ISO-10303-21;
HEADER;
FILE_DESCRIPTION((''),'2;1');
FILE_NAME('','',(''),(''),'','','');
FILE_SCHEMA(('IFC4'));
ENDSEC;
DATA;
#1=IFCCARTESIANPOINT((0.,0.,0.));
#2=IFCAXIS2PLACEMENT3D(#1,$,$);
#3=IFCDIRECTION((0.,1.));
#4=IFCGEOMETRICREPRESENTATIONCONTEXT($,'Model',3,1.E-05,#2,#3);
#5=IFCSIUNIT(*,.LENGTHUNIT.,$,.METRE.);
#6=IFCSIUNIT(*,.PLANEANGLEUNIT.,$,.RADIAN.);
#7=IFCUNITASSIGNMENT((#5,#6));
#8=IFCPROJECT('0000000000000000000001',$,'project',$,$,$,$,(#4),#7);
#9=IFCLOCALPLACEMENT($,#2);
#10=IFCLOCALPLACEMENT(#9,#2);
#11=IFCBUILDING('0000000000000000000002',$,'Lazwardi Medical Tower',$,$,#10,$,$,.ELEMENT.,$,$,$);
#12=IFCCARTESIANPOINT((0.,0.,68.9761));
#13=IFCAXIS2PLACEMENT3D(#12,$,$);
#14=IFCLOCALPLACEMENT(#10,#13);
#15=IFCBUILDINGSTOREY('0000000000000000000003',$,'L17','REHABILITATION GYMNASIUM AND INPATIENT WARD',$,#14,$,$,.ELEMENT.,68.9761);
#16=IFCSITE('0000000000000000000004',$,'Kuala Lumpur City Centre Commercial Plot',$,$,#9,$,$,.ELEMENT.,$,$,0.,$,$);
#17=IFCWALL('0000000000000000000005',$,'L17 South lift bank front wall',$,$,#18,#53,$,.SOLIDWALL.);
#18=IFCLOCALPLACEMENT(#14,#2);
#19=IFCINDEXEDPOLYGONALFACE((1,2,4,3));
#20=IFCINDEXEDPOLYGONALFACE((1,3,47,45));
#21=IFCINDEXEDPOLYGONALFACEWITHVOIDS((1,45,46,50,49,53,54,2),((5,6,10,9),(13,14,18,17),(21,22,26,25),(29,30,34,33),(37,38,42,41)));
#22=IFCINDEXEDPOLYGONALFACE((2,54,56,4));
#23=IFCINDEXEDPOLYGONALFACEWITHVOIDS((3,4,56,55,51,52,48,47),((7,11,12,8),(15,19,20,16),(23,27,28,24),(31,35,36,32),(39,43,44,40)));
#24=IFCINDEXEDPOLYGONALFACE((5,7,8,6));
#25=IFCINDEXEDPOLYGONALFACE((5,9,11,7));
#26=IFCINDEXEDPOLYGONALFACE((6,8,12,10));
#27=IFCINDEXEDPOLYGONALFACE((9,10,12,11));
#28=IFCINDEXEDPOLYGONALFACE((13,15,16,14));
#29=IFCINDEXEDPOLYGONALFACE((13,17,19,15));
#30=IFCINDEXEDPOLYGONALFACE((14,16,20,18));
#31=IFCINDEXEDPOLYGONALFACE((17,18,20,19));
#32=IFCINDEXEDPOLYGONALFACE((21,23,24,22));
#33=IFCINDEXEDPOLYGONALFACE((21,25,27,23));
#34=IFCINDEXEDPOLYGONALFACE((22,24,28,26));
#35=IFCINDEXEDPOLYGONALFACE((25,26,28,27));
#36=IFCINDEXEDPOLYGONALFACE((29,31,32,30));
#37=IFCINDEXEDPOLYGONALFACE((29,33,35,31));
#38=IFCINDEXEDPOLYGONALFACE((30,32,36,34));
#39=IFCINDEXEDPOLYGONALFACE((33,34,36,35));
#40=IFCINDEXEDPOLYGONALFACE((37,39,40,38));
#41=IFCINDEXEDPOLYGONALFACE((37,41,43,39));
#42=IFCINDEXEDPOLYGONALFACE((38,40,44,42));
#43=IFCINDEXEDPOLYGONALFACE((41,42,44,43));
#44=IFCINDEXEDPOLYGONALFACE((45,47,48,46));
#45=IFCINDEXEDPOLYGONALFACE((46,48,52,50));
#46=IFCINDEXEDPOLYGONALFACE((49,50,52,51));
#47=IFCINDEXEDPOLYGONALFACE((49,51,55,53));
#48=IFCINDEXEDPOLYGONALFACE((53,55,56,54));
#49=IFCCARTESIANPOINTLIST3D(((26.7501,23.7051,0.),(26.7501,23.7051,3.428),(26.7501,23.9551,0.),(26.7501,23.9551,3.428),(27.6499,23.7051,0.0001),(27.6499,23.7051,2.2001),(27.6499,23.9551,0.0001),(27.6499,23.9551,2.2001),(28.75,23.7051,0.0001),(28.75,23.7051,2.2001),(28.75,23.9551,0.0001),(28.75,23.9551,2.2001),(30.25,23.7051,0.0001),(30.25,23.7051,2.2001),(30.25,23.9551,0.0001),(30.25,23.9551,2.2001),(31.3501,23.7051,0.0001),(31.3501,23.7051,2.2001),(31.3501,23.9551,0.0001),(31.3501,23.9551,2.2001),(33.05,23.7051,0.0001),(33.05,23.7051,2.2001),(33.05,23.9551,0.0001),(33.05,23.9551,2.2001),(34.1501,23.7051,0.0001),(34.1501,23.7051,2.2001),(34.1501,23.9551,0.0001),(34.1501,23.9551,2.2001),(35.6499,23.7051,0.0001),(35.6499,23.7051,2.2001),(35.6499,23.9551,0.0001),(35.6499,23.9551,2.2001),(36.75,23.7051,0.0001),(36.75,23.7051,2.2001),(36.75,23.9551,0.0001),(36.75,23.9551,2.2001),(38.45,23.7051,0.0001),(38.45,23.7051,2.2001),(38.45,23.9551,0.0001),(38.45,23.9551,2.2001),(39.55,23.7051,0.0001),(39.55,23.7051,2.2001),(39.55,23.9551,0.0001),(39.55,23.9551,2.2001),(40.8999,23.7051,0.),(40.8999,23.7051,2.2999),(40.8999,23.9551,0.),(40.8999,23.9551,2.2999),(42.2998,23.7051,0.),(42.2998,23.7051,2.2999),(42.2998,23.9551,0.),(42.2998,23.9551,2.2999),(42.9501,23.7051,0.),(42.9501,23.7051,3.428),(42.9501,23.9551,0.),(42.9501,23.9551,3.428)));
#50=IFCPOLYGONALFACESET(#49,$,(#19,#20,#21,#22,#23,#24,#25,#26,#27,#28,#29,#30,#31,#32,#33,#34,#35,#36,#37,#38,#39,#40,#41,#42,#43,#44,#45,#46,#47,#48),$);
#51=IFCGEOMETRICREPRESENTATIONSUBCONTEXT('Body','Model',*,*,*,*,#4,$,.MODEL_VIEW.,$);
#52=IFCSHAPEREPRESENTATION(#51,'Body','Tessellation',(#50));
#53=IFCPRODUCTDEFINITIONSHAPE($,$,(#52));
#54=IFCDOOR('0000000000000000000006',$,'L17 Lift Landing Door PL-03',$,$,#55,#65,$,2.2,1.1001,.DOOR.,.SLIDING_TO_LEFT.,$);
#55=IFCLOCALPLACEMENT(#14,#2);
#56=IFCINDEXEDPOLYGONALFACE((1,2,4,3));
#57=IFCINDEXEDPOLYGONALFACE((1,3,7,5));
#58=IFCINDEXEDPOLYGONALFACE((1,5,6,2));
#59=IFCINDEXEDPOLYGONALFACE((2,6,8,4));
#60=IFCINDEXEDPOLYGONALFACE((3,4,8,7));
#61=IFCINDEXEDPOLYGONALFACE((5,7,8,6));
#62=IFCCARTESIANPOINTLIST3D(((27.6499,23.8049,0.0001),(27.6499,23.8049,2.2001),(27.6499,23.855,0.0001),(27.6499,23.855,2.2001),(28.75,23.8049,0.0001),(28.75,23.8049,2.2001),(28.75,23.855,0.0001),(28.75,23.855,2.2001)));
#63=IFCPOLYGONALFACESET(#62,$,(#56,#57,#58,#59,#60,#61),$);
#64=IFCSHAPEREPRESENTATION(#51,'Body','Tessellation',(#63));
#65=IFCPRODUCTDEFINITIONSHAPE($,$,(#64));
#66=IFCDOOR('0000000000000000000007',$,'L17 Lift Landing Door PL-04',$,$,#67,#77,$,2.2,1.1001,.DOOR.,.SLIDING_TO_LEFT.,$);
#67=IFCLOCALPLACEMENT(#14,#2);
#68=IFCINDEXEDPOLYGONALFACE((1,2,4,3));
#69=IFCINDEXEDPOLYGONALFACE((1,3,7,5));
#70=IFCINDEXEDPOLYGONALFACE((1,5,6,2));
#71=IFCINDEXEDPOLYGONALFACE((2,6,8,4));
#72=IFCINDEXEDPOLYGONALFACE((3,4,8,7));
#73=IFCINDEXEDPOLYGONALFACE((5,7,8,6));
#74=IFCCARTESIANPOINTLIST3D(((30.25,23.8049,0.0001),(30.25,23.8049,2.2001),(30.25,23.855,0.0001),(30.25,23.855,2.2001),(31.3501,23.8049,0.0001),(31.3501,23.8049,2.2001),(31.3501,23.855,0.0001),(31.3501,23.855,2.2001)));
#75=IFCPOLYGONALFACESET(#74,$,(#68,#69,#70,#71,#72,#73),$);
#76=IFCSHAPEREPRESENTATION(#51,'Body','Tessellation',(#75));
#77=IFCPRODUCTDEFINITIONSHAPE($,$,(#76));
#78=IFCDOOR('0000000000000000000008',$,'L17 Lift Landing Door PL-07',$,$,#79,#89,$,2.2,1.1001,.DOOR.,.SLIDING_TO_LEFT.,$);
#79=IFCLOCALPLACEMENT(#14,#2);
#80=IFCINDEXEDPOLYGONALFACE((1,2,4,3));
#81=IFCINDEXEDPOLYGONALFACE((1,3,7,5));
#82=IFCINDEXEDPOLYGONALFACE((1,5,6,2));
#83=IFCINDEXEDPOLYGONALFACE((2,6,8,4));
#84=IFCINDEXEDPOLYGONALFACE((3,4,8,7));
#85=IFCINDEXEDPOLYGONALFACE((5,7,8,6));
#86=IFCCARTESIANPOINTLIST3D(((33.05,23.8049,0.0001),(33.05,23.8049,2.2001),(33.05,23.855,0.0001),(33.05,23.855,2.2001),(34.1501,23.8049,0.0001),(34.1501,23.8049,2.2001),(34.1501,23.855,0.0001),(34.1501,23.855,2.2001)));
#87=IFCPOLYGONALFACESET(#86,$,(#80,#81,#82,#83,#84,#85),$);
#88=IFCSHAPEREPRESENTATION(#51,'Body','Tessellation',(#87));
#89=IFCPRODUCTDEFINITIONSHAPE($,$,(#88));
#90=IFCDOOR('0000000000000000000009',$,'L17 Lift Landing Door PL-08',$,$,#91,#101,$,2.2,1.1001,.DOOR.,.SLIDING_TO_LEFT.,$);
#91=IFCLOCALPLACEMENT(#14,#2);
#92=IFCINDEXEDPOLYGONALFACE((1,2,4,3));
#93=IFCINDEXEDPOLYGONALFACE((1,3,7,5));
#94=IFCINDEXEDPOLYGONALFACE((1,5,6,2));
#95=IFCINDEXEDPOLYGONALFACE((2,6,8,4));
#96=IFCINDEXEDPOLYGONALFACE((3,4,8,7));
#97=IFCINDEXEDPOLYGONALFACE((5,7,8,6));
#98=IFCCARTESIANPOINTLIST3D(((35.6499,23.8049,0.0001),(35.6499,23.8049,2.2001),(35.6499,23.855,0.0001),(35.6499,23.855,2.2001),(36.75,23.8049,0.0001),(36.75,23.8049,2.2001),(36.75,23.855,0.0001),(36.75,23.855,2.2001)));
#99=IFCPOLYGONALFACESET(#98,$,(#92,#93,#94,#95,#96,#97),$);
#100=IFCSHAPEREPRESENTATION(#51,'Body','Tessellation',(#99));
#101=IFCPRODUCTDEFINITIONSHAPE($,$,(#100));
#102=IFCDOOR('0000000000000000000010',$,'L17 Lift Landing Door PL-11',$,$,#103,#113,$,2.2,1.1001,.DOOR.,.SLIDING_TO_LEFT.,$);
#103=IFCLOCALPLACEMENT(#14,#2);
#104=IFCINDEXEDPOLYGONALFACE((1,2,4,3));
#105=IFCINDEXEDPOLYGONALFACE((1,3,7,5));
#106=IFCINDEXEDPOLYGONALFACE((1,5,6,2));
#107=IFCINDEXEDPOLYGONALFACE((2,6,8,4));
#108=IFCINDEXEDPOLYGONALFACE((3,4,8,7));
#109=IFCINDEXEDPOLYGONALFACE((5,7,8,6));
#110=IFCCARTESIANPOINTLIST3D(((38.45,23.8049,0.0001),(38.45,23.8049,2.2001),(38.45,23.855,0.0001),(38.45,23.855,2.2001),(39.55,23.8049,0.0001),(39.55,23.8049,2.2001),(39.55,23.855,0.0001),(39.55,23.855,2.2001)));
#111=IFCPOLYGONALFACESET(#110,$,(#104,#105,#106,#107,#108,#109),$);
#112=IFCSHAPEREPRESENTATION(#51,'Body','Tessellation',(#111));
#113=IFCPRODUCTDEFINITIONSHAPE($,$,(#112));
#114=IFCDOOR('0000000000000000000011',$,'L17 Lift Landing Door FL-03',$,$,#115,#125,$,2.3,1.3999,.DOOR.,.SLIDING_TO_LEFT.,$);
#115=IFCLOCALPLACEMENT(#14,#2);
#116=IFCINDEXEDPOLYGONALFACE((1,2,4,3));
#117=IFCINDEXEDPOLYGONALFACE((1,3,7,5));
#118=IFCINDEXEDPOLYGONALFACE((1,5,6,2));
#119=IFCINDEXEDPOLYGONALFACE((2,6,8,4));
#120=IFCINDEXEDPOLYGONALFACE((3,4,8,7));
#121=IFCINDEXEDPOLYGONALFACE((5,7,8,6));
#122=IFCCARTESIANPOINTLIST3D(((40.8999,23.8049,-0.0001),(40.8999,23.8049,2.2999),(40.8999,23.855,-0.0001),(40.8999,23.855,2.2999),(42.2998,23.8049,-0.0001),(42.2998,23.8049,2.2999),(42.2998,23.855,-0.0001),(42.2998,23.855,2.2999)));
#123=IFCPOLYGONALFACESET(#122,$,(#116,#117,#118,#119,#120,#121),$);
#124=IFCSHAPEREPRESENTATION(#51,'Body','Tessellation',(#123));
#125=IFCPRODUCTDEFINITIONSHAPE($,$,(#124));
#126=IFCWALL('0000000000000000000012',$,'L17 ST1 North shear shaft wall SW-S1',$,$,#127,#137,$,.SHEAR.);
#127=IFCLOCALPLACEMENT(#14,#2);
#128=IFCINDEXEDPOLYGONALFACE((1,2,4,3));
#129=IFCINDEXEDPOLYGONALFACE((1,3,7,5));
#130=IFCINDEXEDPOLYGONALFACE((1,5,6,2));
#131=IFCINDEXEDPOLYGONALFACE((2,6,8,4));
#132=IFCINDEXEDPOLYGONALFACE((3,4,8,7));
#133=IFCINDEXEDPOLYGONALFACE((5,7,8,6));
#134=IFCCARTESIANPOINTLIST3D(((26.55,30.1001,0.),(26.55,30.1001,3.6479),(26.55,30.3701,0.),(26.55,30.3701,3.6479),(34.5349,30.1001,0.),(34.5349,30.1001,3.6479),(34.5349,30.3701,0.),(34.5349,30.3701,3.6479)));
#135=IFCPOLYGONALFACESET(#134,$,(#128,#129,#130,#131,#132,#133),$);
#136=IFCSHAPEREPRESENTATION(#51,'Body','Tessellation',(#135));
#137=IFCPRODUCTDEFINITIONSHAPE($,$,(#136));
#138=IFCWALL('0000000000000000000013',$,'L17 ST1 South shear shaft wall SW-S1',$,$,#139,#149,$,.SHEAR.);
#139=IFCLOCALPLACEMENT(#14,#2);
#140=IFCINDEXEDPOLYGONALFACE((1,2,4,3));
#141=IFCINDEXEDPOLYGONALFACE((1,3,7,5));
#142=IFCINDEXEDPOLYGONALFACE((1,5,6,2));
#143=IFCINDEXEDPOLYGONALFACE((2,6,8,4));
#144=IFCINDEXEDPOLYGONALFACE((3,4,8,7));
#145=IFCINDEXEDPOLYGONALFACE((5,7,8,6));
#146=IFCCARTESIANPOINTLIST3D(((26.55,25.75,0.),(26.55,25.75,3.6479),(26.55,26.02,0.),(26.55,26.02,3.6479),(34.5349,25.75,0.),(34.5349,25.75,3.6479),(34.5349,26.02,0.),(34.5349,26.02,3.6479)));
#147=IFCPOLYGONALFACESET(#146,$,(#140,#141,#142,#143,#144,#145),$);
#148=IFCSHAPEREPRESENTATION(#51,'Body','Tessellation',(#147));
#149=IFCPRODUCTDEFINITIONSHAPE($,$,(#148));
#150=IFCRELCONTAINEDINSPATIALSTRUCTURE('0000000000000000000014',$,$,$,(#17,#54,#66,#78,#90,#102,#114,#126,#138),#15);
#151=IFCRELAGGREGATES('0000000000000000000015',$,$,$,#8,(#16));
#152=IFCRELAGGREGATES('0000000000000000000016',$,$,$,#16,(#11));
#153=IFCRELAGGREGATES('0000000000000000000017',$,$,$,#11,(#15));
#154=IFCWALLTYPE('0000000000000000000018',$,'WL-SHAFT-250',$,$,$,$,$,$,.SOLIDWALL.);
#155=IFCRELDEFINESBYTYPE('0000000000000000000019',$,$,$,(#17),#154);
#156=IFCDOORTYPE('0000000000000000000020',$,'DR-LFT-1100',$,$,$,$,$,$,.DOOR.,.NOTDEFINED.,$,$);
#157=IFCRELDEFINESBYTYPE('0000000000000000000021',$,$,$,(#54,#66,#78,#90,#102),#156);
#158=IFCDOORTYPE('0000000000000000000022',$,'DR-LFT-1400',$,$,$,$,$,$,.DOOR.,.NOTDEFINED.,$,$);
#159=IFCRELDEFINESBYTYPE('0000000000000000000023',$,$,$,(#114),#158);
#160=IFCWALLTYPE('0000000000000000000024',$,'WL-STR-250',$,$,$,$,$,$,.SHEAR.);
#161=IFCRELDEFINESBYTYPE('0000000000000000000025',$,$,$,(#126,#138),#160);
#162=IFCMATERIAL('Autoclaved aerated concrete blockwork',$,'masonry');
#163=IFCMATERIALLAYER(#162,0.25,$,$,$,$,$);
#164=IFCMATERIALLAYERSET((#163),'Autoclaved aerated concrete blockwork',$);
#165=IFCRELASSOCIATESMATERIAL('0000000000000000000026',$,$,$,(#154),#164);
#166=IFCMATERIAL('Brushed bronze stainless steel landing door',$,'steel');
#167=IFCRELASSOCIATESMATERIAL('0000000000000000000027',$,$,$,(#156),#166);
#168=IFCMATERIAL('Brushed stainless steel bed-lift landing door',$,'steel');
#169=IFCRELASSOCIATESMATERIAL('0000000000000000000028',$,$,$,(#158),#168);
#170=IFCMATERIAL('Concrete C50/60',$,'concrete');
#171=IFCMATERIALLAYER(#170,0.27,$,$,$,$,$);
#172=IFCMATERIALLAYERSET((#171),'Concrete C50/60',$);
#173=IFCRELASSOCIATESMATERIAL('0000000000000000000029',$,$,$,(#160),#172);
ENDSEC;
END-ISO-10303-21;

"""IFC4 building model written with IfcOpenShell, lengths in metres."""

from ifc_helpers import new_model, si_unit, direction, frame, frame_2d, origin, place, context, subcontext, project, spatial, rectangle, extrude, material, layer, layer_set, type_object, element, fill, save


model = new_model("IFC4")

# Units and contexts
model_context = context("Model", 3, precision=1e-05, world=origin(), true_north=direction((0.0, 1.0)))
body_context = subcontext(model_context, "Body", "Model", "MODEL_VIEW")
ifc_project = project(units=[si_unit("LENGTHUNIT", "METRE"), si_unit("PLANEANGLEUNIT", "RADIAN")], contexts=[model_context])

# Site, building, storey
site_placement = place(None, origin())
site = spatial("IfcSite", under=ifc_project, at=site_placement, Name="Kuala Lumpur City Centre Commercial Plot", CompositionType="ELEMENT", RefElevation=0.0)
building_placement = place(site_placement, origin())
building = spatial("IfcBuilding", under=site, at=building_placement, Name="Lazwardi Medical Tower", CompositionType="ELEMENT")
storey_placement = place(building_placement, frame((0.0, 0.0, 68.9761)))
storey = spatial("IfcBuildingStorey", under=building, at=storey_placement, Name="L17", Description="REHABILITATION GYMNASIUM AND INPATIENT WARD", CompositionType="ELEMENT", Elevation=68.9761)

# Wall, openings, doors
ifc_material_1 = material(Name="Autoclaved aerated concrete blockwork", Category="masonry")
ifc_layer_1 = layer(ifc_material_1, 0.25)
ifc_layer_set_1 = layer_set([ifc_layer_1], Name="Autoclaved aerated concrete blockwork")
wall_type_1 = type_object("IfcWallType", Name="WL-SHAFT-250", PredefinedType="SOLIDWALL", material=ifc_layer_set_1)
wall_1_placement = place(storey_placement, frame((26.75, 23.8301, 0.0), z_axis=(0.0, 0.0, 1.0), x_axis=(1.0, 0.0, 0.0)))
wall_1 = element("IfcWall", 1, at=wall_1_placement, inside=storey, type_object=wall_type_1, Name="L17 South lift bank front wall", PredefinedType="SOLIDWALL", context=body_context, shape_type="SweptSolid", body=[
    extrude(rectangle(XDim=16.2, YDim=0.25, at=frame_2d((8.1001, 0.0))), origin(), (0.0, 0.0, 1.0), 3.428),
])
opening_1_placement = place(wall_1_placement, frame((0.8999, 0.0, 0.0)))
opening_1 = element("IfcOpeningElement", 2, at=opening_1_placement, cuts=wall_1, PredefinedType="OPENING", context=body_context, shape_type="SweptSolid", body=[
    extrude(rectangle(XDim=1.1001, YDim=2.2, at=frame_2d((0.55, 1.1001))), frame((0.0, 0.135, 0.0), z_axis=(0.0, -1.0, 0.0), x_axis=(1.0, 0.0, 0.0)), (0.0, 0.0, 1.0), 0.27),
])
opening_2_placement = place(wall_1_placement, frame((3.5, 0.0, 0.0)))
opening_2 = element("IfcOpeningElement", 3, at=opening_2_placement, cuts=wall_1, PredefinedType="OPENING", context=body_context, shape_type="SweptSolid", body=[
    extrude(rectangle(XDim=1.1001, YDim=2.2, at=frame_2d((0.55, 1.1001))), frame((0.0, 0.135, 0.0), z_axis=(0.0, -1.0, 0.0), x_axis=(1.0, 0.0, 0.0)), (0.0, 0.0, 1.0), 0.27),
])
opening_3_placement = place(wall_1_placement, frame((6.3, 0.0, 0.0)))
opening_3 = element("IfcOpeningElement", 4, at=opening_3_placement, cuts=wall_1, PredefinedType="OPENING", context=body_context, shape_type="SweptSolid", body=[
    extrude(rectangle(XDim=1.1001, YDim=2.2, at=frame_2d((0.55, 1.1001))), frame((0.0, 0.135, 0.0), z_axis=(0.0, -1.0, 0.0), x_axis=(1.0, 0.0, 0.0)), (0.0, 0.0, 1.0), 0.27),
])
opening_4_placement = place(wall_1_placement, frame((8.8999, 0.0, 0.0)))
opening_4 = element("IfcOpeningElement", 5, at=opening_4_placement, cuts=wall_1, PredefinedType="OPENING", context=body_context, shape_type="SweptSolid", body=[
    extrude(rectangle(XDim=1.1001, YDim=2.2, at=frame_2d((0.55, 1.1001))), frame((0.0, 0.135, 0.0), z_axis=(0.0, -1.0, 0.0), x_axis=(1.0, 0.0, 0.0)), (0.0, 0.0, 1.0), 0.27),
])
opening_5_placement = place(wall_1_placement, frame((11.7, 0.0, 0.0)))
opening_5 = element("IfcOpeningElement", 6, at=opening_5_placement, cuts=wall_1, PredefinedType="OPENING", context=body_context, shape_type="SweptSolid", body=[
    extrude(rectangle(XDim=1.1001, YDim=2.2, at=frame_2d((0.55, 1.1001))), frame((0.0, 0.135, 0.0), z_axis=(0.0, -1.0, 0.0), x_axis=(1.0, 0.0, 0.0)), (0.0, 0.0, 1.0), 0.27),
])
opening_6_placement = place(wall_1_placement, frame((14.1499, 0.0, 0.0)))
opening_6 = element("IfcOpeningElement", 7, at=opening_6_placement, cuts=wall_1, PredefinedType="OPENING", context=body_context, shape_type="SweptSolid", body=[
    extrude(rectangle(XDim=1.3999, YDim=2.3, at=frame_2d((0.7, 1.1499))), frame((0.0, 0.135, 0.0), z_axis=(0.0, -1.0, 0.0), x_axis=(1.0, 0.0, 0.0)), (0.0, 0.0, 1.0), 0.27),
])
ifc_material_2 = material(Name="Brushed bronze stainless steel landing door", Category="steel")
door_type_1 = type_object("IfcDoorType", Name="DR-LFT-1100", OperationType="NOTDEFINED", PredefinedType="DOOR", material=ifc_material_2)
door_1_placement = place(opening_1_placement, origin())
door_1 = element("IfcDoor", 8, at=door_1_placement, inside=storey, type_object=door_type_1, Name="L17 Lift Landing Door PL-03", OperationType="SLIDING_TO_LEFT", OverallHeight=2.2, OverallWidth=1.1001, PredefinedType="DOOR", context=body_context, shape_type="SweptSolid", body=[
    extrude(rectangle(XDim=1.1001, YDim=2.2, at=frame_2d((0.55, 1.1001))), frame((0.0, 0.0249, 0.0), z_axis=(0.0, -1.0, 0.0), x_axis=(1.0, 0.0, 0.0)), (0.0, 0.0, 1.0), 0.05),
])
fill(opening_1, door_1)
door_2_placement = place(opening_2_placement, origin())
door_2 = element("IfcDoor", 9, at=door_2_placement, inside=storey, type_object=door_type_1, Name="L17 Lift Landing Door PL-04", OperationType="SLIDING_TO_LEFT", OverallHeight=2.2, OverallWidth=1.1001, PredefinedType="DOOR", context=body_context, shape_type="SweptSolid", body=[
    extrude(rectangle(XDim=1.1001, YDim=2.2, at=frame_2d((0.55, 1.1001))), frame((0.0, 0.0249, 0.0), z_axis=(0.0, -1.0, 0.0), x_axis=(1.0, 0.0, 0.0)), (0.0, 0.0, 1.0), 0.05),
])
fill(opening_2, door_2)
door_3_placement = place(opening_3_placement, origin())
door_3 = element("IfcDoor", 10, at=door_3_placement, inside=storey, type_object=door_type_1, Name="L17 Lift Landing Door PL-07", OperationType="SLIDING_TO_LEFT", OverallHeight=2.2, OverallWidth=1.1001, PredefinedType="DOOR", context=body_context, shape_type="SweptSolid", body=[
    extrude(rectangle(XDim=1.1001, YDim=2.2, at=frame_2d((0.55, 1.1001))), frame((0.0, 0.0249, 0.0), z_axis=(0.0, -1.0, 0.0), x_axis=(1.0, 0.0, 0.0)), (0.0, 0.0, 1.0), 0.05),
])
fill(opening_3, door_3)
door_4_placement = place(opening_4_placement, origin())
door_4 = element("IfcDoor", 11, at=door_4_placement, inside=storey, type_object=door_type_1, Name="L17 Lift Landing Door PL-08", OperationType="SLIDING_TO_LEFT", OverallHeight=2.2, OverallWidth=1.1001, PredefinedType="DOOR", context=body_context, shape_type="SweptSolid", body=[
    extrude(rectangle(XDim=1.1001, YDim=2.2, at=frame_2d((0.55, 1.1001))), frame((0.0, 0.0249, 0.0), z_axis=(0.0, -1.0, 0.0), x_axis=(1.0, 0.0, 0.0)), (0.0, 0.0, 1.0), 0.05),
])
fill(opening_4, door_4)
door_5_placement = place(opening_5_placement, origin())
door_5 = element("IfcDoor", 12, at=door_5_placement, inside=storey, type_object=door_type_1, Name="L17 Lift Landing Door PL-11", OperationType="SLIDING_TO_LEFT", OverallHeight=2.2, OverallWidth=1.1001, PredefinedType="DOOR", context=body_context, shape_type="SweptSolid", body=[
    extrude(rectangle(XDim=1.1001, YDim=2.2, at=frame_2d((0.55, 1.1001))), frame((0.0, 0.0249, 0.0), z_axis=(0.0, -1.0, 0.0), x_axis=(1.0, 0.0, 0.0)), (0.0, 0.0, 1.0), 0.05),
])
fill(opening_5, door_5)
ifc_material_3 = material(Name="Brushed stainless steel bed-lift landing door", Category="steel")
door_type_2 = type_object("IfcDoorType", Name="DR-LFT-1400", OperationType="NOTDEFINED", PredefinedType="DOOR", material=ifc_material_3)
door_6_placement = place(opening_6_placement, origin())
door_6 = element("IfcDoor", 13, at=door_6_placement, inside=storey, type_object=door_type_2, Name="L17 Lift Landing Door FL-03", OperationType="SLIDING_TO_LEFT", OverallHeight=2.3, OverallWidth=1.3999, PredefinedType="DOOR", context=body_context, shape_type="SweptSolid", body=[
    extrude(rectangle(XDim=1.3999, YDim=2.3, at=frame_2d((0.7, 1.1499))), frame((0.0, 0.0249, 0.0), z_axis=(0.0, -1.0, 0.0), x_axis=(1.0, 0.0, 0.0)), (0.0, 0.0, 1.0), 0.05),
])
fill(opening_6, door_6)

# Walls
ifc_material_4 = material(Name="Concrete C50/60", Category="concrete")
ifc_layer_2 = layer(ifc_material_4, 0.27)
ifc_layer_set_2 = layer_set([ifc_layer_2], Name="Concrete C50/60")
wall_type_2 = type_object("IfcWallType", Name="WL-STR-250", PredefinedType="SHEAR", material=ifc_layer_set_2)
for number, where, z_axis, x_axis, name in (
    (14, (26.55, 30.2351, 0.0), (0.0, 0.0, 1.0), (1.0, 0.0, 0.0), "L17 ST1 North shear shaft wall SW-S1"),
    (15, (26.55, 25.885, 0.0), (0.0, 0.0, 1.0), (1.0, 0.0, 0.0), "L17 ST1 South shear shaft wall SW-S1"),
):
    element("IfcWall", number, at=place(storey_placement, frame(where, z_axis=z_axis, x_axis=x_axis)), inside=storey, type_object=wall_type_2, Name=name, PredefinedType="SHEAR", context=body_context, shape_type="SweptSolid", body=[
        extrude(rectangle(XDim=7.9849, YDim=0.27, at=frame_2d((3.9924, 0.0))), origin(), (0.0, 0.0, 1.0), 3.6479),
    ])

save(model, "model.ifc")
